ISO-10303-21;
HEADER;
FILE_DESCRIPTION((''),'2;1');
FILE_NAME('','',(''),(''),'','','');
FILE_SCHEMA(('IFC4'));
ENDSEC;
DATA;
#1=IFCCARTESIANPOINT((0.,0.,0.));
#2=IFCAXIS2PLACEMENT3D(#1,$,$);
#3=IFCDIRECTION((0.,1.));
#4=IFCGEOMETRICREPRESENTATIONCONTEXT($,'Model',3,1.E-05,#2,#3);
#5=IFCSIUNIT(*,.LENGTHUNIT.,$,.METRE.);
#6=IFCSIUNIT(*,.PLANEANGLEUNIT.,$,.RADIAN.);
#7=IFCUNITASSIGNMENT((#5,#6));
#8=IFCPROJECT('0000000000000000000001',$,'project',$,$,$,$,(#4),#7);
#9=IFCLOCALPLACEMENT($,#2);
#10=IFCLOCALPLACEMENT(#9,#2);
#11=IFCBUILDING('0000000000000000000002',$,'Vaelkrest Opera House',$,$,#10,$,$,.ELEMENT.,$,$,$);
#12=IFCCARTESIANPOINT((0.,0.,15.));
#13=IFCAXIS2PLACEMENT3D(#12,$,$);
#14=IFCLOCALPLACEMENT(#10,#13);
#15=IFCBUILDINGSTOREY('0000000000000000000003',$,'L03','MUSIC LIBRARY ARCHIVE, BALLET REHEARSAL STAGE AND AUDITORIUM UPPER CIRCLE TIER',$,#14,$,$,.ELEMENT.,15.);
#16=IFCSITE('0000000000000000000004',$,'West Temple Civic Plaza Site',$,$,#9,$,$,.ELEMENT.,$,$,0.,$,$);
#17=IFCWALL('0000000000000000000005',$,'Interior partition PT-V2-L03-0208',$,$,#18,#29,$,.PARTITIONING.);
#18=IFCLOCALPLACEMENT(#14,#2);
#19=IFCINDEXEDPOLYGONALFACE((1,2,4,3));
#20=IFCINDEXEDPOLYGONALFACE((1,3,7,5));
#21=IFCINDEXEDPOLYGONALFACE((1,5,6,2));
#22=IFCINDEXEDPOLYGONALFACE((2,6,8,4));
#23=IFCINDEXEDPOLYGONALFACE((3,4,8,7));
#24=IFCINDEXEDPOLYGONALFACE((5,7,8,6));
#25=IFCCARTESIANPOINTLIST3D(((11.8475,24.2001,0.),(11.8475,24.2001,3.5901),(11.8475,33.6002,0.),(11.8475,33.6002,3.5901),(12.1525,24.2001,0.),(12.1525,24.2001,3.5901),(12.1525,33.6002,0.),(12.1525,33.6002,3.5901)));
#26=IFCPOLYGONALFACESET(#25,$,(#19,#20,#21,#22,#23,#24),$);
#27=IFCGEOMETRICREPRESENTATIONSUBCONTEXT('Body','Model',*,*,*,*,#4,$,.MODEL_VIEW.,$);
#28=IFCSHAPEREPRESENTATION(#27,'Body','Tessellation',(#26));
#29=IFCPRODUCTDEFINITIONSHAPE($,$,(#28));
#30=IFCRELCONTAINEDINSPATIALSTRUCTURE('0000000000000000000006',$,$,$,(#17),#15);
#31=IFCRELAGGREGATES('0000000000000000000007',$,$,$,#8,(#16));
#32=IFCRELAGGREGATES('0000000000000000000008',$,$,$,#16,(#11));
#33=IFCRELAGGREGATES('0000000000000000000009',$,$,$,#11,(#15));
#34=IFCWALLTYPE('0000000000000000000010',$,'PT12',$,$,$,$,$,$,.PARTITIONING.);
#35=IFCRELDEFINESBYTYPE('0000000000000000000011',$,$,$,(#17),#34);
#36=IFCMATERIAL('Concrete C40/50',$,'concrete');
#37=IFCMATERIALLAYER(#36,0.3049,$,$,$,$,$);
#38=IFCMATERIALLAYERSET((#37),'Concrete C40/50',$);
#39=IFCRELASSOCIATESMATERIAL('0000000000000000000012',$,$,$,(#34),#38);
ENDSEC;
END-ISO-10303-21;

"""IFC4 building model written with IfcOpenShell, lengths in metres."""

from ifc_helpers import new_model, si_unit, direction, frame, frame_2d, origin, place, context, subcontext, project, spatial, rectangle, extrude, material, layer, layer_set, type_object, element, save


model = new_model("IFC4")

# Units and contexts
model_context = context("Model", 3, precision=1e-05, world=origin(), true_north=direction((0.0, 1.0)))
body_context = subcontext(model_context, "Body", "Model", "MODEL_VIEW")
ifc_project = project(units=[si_unit("LENGTHUNIT", "METRE"), si_unit("PLANEANGLEUNIT", "RADIAN")], contexts=[model_context])

# Site, building, storey
site_placement = place(None, origin())
site = spatial("IfcSite", under=ifc_project, at=site_placement, Name="West Temple Civic Plaza Site", CompositionType="ELEMENT", RefElevation=0.0)
building_placement = place(site_placement, origin())
building = spatial("IfcBuilding", under=site, at=building_placement, Name="Vaelkrest Opera House", CompositionType="ELEMENT")
storey_placement = place(building_placement, frame((0.0, 0.0, 15.0)))
storey = spatial("IfcBuildingStorey", under=building, at=storey_placement, Name="L03", Description="MUSIC LIBRARY ARCHIVE, BALLET REHEARSAL STAGE AND AUDITORIUM UPPER CIRCLE TIER", CompositionType="ELEMENT", Elevation=15.0)

# Shared definitions
ifc_material_1 = material(Name="Concrete C40/50", Category="concrete")

# Wall
ifc_layer_1 = layer(ifc_material_1, 0.3049)
ifc_layer_set_1 = layer_set([ifc_layer_1], Name="Concrete C40/50")
wall_type_1 = type_object("IfcWallType", Name="PT12", PredefinedType="PARTITIONING", material=ifc_layer_set_1)
wall_1_placement = place(storey_placement, frame((12.0, 24.2, 0.0), z_axis=(0.0, 0.0, 1.0), x_axis=(0.0, 1.0, 0.0)))
element("IfcWall", 1, at=wall_1_placement, inside=storey, type_object=wall_type_1, Name="Interior partition PT-V2-L03-0208", PredefinedType="PARTITIONING", context=body_context, shape_type="SweptSolid", body=[
    extrude(rectangle(XDim=9.4001, YDim=0.3049, at=frame_2d((4.7002, 0.0))), origin(), (0.0, 0.0, 1.0), 3.5901),
])

save(model, "model.ifc")
